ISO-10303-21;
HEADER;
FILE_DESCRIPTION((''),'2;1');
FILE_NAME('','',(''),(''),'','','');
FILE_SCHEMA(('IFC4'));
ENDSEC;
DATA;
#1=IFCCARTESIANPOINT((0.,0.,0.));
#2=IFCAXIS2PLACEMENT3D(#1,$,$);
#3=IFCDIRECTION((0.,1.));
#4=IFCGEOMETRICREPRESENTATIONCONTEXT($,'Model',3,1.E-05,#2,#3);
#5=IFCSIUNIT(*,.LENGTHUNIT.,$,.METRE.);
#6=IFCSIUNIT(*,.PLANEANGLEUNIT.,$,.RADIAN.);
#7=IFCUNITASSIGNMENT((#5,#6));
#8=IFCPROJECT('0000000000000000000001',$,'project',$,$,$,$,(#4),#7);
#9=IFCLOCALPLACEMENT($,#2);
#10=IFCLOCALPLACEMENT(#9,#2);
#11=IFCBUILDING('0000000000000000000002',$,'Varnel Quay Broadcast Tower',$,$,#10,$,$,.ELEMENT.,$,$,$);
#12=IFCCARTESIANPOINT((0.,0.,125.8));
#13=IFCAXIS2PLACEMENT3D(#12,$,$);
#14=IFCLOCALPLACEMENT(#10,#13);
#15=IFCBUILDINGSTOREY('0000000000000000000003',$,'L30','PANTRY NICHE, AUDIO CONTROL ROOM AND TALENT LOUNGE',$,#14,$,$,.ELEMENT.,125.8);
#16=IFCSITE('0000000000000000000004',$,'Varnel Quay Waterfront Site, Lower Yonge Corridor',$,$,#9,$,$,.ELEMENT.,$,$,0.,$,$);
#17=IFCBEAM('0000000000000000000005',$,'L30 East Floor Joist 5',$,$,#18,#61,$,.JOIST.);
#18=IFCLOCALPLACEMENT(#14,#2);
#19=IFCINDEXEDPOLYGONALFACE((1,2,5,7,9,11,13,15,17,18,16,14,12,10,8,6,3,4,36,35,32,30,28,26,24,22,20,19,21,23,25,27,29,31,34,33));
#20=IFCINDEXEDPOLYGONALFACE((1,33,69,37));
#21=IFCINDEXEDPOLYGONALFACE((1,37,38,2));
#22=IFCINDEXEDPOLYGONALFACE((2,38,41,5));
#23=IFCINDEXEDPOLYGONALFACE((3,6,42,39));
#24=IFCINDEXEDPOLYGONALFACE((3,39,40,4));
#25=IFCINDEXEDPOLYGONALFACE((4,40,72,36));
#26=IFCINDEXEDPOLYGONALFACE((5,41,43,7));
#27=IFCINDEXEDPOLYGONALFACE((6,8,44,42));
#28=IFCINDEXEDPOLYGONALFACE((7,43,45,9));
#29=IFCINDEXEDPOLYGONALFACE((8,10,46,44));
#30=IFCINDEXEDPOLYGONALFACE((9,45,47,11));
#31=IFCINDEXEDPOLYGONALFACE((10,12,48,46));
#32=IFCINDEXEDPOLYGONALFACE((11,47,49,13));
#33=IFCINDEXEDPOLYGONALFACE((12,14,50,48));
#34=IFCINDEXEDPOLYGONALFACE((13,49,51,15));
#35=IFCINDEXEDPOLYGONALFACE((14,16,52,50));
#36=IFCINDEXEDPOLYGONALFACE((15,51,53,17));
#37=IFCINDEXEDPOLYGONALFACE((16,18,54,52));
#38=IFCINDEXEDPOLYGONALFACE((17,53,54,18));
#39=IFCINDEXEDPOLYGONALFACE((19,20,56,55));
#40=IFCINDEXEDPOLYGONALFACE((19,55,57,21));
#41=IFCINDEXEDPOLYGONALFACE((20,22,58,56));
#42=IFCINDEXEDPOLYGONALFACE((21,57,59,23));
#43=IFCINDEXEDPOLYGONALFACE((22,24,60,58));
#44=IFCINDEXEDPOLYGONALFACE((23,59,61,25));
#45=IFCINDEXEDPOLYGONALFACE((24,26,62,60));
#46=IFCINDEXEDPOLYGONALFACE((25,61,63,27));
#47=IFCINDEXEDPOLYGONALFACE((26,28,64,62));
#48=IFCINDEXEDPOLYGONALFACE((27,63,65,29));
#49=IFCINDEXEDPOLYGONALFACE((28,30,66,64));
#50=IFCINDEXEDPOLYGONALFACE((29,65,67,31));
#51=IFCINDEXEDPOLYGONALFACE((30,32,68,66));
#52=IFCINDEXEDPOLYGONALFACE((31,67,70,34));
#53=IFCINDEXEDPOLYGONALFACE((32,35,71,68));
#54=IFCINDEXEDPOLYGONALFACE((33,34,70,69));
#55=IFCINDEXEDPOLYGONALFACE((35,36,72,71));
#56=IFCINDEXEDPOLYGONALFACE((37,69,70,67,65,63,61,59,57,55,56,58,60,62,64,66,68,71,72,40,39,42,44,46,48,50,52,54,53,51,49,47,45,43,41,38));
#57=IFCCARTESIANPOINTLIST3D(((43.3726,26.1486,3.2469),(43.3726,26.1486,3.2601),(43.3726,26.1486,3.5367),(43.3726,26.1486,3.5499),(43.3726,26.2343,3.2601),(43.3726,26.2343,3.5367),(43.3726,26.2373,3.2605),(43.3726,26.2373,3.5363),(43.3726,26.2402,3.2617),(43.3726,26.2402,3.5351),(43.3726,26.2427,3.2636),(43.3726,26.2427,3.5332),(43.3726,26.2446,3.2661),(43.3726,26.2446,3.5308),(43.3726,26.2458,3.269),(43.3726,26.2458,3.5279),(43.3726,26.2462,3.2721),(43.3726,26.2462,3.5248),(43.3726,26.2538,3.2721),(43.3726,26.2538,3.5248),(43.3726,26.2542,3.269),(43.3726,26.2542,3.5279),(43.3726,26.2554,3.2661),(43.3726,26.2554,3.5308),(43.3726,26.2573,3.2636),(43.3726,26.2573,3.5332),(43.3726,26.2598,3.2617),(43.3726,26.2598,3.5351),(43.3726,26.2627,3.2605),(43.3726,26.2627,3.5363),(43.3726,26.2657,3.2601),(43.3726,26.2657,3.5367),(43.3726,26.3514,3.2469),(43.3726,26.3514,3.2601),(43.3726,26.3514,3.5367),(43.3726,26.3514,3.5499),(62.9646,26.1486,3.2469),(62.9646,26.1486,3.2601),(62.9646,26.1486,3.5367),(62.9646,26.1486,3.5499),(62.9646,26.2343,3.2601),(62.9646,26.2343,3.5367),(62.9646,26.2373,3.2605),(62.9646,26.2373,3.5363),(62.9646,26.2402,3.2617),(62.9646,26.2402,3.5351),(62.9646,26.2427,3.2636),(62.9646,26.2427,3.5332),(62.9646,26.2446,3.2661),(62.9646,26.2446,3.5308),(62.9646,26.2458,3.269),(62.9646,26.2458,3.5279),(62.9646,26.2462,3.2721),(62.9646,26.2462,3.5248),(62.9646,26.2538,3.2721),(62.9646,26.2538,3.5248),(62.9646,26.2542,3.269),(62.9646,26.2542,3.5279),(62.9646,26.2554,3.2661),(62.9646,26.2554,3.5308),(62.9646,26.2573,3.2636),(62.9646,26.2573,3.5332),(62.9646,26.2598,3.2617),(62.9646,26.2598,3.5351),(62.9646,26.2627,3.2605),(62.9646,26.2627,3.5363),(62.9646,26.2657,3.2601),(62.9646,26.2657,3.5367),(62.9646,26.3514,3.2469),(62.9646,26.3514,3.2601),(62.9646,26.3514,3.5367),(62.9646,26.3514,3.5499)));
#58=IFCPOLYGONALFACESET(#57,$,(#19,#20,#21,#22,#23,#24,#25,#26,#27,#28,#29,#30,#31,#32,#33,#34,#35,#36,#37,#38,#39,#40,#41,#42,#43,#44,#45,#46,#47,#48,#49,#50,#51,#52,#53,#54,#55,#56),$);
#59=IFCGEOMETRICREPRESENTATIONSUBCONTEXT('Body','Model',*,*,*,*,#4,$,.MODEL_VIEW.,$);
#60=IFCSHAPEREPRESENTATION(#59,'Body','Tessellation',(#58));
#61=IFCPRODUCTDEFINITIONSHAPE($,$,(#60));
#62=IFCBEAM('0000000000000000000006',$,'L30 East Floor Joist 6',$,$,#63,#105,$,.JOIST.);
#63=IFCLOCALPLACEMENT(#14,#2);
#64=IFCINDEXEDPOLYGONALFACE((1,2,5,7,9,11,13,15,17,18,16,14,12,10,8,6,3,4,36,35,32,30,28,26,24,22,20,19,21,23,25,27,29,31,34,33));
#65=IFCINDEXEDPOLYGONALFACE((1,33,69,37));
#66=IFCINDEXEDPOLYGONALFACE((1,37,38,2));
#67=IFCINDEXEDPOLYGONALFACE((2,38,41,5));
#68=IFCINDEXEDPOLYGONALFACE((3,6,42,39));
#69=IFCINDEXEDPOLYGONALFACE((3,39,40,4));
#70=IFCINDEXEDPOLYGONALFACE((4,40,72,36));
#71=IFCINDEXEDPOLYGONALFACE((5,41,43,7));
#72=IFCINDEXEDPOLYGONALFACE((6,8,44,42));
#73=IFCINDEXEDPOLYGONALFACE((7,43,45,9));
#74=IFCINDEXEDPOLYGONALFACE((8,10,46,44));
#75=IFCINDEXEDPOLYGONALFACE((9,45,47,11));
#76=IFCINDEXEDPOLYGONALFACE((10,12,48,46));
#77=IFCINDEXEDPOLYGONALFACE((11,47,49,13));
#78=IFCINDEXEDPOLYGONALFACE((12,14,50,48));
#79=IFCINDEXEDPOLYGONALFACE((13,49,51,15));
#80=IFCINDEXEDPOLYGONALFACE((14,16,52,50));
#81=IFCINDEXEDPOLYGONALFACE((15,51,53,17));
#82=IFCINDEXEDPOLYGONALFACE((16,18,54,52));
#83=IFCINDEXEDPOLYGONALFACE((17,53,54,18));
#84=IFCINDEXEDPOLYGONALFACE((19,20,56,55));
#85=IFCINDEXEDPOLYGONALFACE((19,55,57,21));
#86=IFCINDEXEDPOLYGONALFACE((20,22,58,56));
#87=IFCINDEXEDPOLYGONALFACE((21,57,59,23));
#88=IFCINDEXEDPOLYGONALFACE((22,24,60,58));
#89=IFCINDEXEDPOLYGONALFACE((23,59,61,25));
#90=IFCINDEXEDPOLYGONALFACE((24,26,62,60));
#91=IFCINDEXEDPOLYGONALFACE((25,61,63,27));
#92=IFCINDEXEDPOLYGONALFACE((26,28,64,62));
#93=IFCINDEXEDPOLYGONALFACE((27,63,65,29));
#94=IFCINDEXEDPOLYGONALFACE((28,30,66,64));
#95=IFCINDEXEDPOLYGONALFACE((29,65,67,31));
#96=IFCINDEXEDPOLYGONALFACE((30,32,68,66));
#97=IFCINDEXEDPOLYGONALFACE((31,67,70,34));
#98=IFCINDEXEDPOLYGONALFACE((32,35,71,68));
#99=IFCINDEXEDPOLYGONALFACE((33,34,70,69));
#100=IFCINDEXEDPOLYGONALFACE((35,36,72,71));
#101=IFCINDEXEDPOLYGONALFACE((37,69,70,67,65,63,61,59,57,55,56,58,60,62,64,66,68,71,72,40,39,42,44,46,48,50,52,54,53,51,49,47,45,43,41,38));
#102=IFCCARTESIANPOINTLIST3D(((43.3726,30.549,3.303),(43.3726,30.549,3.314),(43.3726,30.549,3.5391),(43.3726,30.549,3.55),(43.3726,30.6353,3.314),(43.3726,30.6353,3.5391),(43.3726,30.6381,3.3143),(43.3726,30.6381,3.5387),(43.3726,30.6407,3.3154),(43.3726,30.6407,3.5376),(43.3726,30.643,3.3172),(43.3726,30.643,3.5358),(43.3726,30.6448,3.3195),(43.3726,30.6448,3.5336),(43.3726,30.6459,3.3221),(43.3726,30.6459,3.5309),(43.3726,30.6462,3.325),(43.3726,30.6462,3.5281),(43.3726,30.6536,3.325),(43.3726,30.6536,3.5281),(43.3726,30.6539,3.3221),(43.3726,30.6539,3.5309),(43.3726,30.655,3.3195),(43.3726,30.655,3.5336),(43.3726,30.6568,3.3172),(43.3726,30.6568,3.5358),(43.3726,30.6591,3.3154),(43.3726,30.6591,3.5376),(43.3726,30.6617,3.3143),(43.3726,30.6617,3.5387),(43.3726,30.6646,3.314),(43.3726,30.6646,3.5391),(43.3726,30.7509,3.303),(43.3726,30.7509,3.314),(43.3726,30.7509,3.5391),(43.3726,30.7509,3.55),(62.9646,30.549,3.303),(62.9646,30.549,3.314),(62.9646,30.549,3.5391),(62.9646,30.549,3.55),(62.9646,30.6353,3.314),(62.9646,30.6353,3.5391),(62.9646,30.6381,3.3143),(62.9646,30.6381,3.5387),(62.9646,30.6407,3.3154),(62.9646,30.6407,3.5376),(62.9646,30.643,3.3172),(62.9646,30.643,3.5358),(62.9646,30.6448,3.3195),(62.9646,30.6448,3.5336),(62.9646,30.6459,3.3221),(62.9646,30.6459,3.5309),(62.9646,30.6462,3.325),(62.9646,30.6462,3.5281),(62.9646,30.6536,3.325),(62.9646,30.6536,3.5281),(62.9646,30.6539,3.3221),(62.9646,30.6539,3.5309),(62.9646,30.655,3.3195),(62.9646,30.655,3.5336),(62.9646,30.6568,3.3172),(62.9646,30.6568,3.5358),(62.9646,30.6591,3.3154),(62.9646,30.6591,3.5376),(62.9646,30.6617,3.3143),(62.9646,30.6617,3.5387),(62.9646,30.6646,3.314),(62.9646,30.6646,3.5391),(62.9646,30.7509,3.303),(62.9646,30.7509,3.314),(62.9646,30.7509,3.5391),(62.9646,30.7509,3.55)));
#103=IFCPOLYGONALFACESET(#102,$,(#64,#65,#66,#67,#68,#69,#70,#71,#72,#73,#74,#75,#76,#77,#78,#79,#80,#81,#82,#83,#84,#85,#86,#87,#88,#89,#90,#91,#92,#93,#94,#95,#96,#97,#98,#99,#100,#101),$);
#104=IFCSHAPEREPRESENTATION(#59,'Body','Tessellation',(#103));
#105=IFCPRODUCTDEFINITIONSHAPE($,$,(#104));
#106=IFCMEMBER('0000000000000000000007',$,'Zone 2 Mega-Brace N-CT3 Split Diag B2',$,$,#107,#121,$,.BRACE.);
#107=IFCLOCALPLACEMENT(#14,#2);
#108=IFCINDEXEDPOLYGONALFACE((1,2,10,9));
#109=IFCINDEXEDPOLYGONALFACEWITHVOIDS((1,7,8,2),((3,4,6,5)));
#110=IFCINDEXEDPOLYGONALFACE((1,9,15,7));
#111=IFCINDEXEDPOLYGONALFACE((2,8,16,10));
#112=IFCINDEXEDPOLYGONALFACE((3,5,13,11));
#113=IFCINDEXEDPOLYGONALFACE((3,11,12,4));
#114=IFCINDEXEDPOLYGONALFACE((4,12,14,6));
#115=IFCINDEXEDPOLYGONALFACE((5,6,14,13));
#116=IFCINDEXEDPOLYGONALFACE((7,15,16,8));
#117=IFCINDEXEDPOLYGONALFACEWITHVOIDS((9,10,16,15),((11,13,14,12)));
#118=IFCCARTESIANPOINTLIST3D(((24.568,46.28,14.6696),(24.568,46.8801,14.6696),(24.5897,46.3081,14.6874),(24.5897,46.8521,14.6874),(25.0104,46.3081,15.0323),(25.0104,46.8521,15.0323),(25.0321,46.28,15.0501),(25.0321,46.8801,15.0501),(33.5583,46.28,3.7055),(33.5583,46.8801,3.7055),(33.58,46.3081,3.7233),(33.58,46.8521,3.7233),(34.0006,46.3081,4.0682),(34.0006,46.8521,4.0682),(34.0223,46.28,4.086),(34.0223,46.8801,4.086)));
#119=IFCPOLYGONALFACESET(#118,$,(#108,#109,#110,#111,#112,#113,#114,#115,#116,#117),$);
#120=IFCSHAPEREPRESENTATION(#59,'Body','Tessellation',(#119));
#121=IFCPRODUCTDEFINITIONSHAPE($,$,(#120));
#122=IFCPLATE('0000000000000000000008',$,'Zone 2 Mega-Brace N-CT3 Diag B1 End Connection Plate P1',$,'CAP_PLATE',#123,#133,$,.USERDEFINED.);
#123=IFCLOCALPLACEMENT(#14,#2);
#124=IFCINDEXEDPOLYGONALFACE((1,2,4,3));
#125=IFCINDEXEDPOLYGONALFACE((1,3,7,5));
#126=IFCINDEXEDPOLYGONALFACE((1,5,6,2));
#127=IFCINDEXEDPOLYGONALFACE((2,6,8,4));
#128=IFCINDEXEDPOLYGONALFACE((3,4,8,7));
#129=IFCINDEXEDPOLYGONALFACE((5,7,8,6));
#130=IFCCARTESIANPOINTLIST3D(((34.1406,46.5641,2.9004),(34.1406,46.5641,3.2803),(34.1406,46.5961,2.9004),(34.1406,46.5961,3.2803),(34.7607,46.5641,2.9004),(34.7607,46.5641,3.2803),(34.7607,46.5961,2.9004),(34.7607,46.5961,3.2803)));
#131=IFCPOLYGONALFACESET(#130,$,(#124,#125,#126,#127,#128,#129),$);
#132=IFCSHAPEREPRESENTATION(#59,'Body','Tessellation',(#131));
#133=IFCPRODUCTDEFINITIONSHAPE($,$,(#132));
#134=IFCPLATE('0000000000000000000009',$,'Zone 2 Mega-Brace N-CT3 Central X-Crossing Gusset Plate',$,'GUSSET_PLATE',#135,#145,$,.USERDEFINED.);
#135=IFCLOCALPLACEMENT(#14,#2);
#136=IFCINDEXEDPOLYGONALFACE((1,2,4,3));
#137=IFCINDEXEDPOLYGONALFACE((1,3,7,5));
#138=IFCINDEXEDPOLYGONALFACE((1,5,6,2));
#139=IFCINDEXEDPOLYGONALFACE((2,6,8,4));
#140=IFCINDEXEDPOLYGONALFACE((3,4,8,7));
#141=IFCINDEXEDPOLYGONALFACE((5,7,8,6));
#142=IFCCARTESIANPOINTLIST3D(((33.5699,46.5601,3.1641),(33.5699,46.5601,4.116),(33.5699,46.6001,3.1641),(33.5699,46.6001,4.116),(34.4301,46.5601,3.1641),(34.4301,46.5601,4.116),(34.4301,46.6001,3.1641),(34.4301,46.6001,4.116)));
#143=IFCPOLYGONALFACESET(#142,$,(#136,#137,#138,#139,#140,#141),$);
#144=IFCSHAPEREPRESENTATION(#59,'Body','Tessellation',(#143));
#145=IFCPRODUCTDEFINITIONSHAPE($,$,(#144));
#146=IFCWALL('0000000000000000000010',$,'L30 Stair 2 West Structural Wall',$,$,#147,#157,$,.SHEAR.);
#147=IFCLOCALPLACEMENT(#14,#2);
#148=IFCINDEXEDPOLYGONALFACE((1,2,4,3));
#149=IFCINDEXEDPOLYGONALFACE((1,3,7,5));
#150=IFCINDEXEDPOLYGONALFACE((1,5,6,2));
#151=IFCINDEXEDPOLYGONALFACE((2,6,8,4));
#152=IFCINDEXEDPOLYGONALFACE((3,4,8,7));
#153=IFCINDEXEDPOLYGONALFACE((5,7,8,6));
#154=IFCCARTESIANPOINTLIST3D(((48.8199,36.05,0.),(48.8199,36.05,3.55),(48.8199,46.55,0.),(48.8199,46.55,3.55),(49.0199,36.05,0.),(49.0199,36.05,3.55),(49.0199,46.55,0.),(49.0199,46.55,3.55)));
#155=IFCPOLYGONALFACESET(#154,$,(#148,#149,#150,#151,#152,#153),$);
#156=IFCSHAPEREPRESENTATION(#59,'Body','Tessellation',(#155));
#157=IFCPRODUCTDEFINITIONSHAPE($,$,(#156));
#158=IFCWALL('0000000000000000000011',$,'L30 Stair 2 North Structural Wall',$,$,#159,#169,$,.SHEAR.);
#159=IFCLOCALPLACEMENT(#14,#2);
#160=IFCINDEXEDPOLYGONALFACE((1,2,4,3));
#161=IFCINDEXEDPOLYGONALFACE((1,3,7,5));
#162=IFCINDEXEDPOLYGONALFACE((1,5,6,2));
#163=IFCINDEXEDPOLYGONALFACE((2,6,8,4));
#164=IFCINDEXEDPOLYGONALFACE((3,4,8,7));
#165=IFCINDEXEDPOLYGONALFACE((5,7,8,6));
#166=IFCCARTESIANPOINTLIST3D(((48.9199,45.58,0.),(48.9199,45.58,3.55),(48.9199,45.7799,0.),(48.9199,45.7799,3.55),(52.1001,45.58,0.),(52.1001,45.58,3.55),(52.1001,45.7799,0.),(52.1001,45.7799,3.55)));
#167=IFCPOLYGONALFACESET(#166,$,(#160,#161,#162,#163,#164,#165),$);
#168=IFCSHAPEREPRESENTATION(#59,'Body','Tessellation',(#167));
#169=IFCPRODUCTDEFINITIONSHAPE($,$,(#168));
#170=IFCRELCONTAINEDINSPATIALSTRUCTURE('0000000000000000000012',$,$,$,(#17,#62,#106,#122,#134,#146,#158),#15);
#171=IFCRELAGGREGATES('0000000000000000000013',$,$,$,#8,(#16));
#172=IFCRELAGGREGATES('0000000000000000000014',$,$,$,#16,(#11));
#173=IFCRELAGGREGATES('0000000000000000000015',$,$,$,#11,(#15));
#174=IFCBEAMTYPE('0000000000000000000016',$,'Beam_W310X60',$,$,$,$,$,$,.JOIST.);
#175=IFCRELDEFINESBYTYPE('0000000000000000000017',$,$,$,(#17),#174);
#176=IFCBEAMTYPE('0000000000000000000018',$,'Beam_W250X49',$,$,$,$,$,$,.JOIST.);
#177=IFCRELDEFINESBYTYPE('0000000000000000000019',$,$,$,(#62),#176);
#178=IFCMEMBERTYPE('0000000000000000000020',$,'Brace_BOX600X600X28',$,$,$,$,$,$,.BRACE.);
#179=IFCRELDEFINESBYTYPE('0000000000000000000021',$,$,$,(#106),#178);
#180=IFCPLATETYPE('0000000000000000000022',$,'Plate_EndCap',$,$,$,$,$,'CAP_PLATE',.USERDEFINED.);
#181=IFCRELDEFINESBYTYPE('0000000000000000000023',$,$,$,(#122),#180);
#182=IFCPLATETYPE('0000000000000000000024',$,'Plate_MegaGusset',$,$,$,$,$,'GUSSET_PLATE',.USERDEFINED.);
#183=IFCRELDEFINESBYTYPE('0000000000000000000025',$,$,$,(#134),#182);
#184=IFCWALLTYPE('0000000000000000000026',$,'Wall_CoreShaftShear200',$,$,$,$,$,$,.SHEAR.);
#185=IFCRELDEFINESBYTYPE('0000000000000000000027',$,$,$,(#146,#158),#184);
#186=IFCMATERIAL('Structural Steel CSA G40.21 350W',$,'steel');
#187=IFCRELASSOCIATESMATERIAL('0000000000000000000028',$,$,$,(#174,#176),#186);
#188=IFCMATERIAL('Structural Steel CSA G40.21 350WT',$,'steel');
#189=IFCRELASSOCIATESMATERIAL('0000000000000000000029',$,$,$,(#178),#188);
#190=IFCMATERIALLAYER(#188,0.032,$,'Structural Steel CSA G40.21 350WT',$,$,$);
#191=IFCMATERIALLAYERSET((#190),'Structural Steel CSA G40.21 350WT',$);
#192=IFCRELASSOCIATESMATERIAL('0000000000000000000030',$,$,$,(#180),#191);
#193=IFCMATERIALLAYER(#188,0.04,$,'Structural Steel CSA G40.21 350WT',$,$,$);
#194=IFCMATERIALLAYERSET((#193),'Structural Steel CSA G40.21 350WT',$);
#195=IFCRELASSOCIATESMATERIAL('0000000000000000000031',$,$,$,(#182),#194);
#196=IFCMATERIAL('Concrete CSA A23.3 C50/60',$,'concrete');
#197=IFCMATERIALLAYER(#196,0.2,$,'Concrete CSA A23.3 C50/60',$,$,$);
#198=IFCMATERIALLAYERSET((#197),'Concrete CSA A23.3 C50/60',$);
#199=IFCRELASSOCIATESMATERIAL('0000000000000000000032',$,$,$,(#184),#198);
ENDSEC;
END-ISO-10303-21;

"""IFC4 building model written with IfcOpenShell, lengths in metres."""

from ifc_helpers import new_model, si_unit, direction, frame, frame_2d, origin, origin_2d, place, context, subcontext, project, spatial, rectangle, hollow_rectangle, i_section, extrude, source, transform, mapped, material, layer, layer_set, material_profile, profile_set, type_object, type_shapes, element, save


model = new_model("IFC4")

# Units and contexts
model_context = context("Model", 3, precision=1e-05, world=origin(), true_north=direction((0.0, 1.0)))
body_context = subcontext(model_context, "Body", "Model", "MODEL_VIEW")
ifc_project = project(units=[si_unit("LENGTHUNIT", "METRE"), si_unit("PLANEANGLEUNIT", "RADIAN")], contexts=[model_context])

# Site, building, storey
site_placement = place(None, origin())
site = spatial("IfcSite", under=ifc_project, at=site_placement, Name="Varnel Quay Waterfront Site, Lower Yonge Corridor", CompositionType="ELEMENT", RefElevation=0.0)
building_placement = place(site_placement, origin())
building = spatial("IfcBuilding", under=site, at=building_placement, Name="Varnel Quay Broadcast Tower", CompositionType="ELEMENT")
storey_placement = place(building_placement, frame((0.0, 0.0, 125.8)))
storey = spatial("IfcBuildingStorey", under=building, at=storey_placement, Name="L30", Description="PANTRY NICHE, AUDIO CONTROL ROOM AND TALENT LOUNGE", CompositionType="ELEMENT", Elevation=125.8)

# Shared definitions
ifc_material_1 = material(Name="Structural Steel CSA G40.21 350WT", Category="steel")

# Beams
ifc_material_2 = material(Name="Structural Steel CSA G40.21 350W", Category="steel")
ifc_material_profile_1 = material_profile(ifc_material_2, i_section(OverallWidth=0.2029, OverallDepth=0.303, WebThickness=0.0076, FlangeThickness=0.0132, FilletRadius=0.012, at=origin_2d()), Name="W310X60")
ifc_profile_set_1 = profile_set([ifc_material_profile_1], Name="Structural Steel CSA G40.21 350W")
beam_type_1 = type_object("IfcBeamType", Name="Beam_W310X60", PredefinedType="JOIST", material=ifc_profile_set_1)
shared_shape_1 = source(origin(), body_context, "Body", "SweptSolid", [
    extrude(i_section(OverallWidth=0.2029, OverallDepth=0.303, WebThickness=0.0076, FlangeThickness=0.0132, FilletRadius=0.012, at=origin_2d()), origin(), (0.0, 0.0, 1.0), 19.592),
])
type_shapes(beam_type_1, [shared_shape_1])
beam_1_placement = place(storey_placement, frame((43.3726, 26.25, 3.3984), z_axis=(1.0, 0.0, 0.0), x_axis=(0.0, 1.0, 0.0)))
element("IfcBeam", 1, at=beam_1_placement, inside=storey, type_object=beam_type_1, Name="L30 East Floor Joist 5", PredefinedType="JOIST", context=body_context, shape_type="MappedRepresentation", body=[
    mapped(shared_shape_1, transform((0.0, 0.0, 0.0), x_axis=(1.0, 0.0, 0.0), y_axis=(0.0, 1.0, 0.0), z_axis=(0.0, 0.0, 1.0), scale=1.0)),
])
ifc_material_profile_2 = material_profile(ifc_material_2, i_section(OverallWidth=0.2019, OverallDepth=0.2471, WebThickness=0.0073, FlangeThickness=0.011, FilletRadius=0.011, at=origin_2d()), Name="W250X49")
ifc_profile_set_2 = profile_set([ifc_material_profile_2], Name="Structural Steel CSA G40.21 350W")
beam_type_2 = type_object("IfcBeamType", Name="Beam_W250X49", PredefinedType="JOIST", material=ifc_profile_set_2)
shared_shape_2 = source(origin(), body_context, "Body", "SweptSolid", [
    extrude(i_section(OverallWidth=0.2019, OverallDepth=0.2471, WebThickness=0.0073, FlangeThickness=0.011, FilletRadius=0.011, at=origin_2d()), origin(), (0.0, 0.0, 1.0), 19.592),
])
type_shapes(beam_type_2, [shared_shape_2])
beam_2_placement = place(storey_placement, frame((43.3726, 30.6499, 3.4265), z_axis=(1.0, 0.0, 0.0), x_axis=(0.0, 1.0, 0.0)))
element("IfcBeam", 2, at=beam_2_placement, inside=storey, type_object=beam_type_2, Name="L30 East Floor Joist 6", PredefinedType="JOIST", context=body_context, shape_type="MappedRepresentation", body=[
    mapped(shared_shape_2, transform((0.0, 0.0, 0.0), x_axis=(1.0, 0.0, 0.0), y_axis=(0.0, 1.0, 0.0), z_axis=(0.0, 0.0, 1.0), scale=1.0)),
])

# Member
ifc_material_profile_3 = material_profile(ifc_material_1, hollow_rectangle(XDim=0.6001, YDim=0.6001, WallThickness=0.0281, at=origin_2d()), Name="BOX600X600X28")
ifc_profile_set_3 = profile_set([ifc_material_profile_3], Name="Structural Steel CSA G40.21 350WT")
member_type = type_object("IfcMemberType", Name="Brace_BOX600X600X28", PredefinedType="BRACE", material=ifc_profile_set_3)
shared_shape_3 = source(origin(), body_context, "Body", "SweptSolid", [
    extrude(hollow_rectangle(XDim=0.6001, YDim=0.6001, WallThickness=0.0281, at=origin_2d()), origin(), (0.0, 0.0, 1.0), 14.1787),
])
type_shapes(member_type, [shared_shape_3])
member_placement = place(storey_placement, frame((33.7903, 46.5801, 3.8958), z_axis=(-0.634065, 0.0, 0.773279), x_axis=(0.0, -1.0, 0.0)))
element("IfcMember", 3, at=member_placement, inside=storey, type_object=member_type, Name="Zone 2 Mega-Brace N-CT3 Split Diag B2", PredefinedType="BRACE", context=body_context, shape_type="MappedRepresentation", body=[
    mapped(shared_shape_3, transform((0.0, 0.0, 0.0), x_axis=(1.0, 0.0, 0.0), y_axis=(0.0, 1.0, 0.0), z_axis=(0.0, 0.0, 1.0), scale=1.0)),
])

# Plates
ifc_layer_1 = layer(ifc_material_1, 0.032, Name="Structural Steel CSA G40.21 350WT")
ifc_layer_set_1 = layer_set([ifc_layer_1], Name="Structural Steel CSA G40.21 350WT")
plate_type_1 = type_object("IfcPlateType", Name="Plate_EndCap", ElementType="CAP_PLATE", PredefinedType="USERDEFINED", material=ifc_layer_set_1)
shared_shape_4 = source(origin(), body_context, "Body", "SweptSolid", [
    extrude(rectangle(XDim=0.6201, YDim=0.032, at=origin_2d()), origin(), (0.0, 0.0, 1.0), 0.3799),
])
type_shapes(plate_type_1, [shared_shape_4])
plate_1_placement = place(storey_placement, frame((34.4507, 46.5801, 2.9004), z_axis=(0.0, 0.0, 1.0), x_axis=(1.0, 0.0, 0.0)))
element("IfcPlate", 4, at=plate_1_placement, inside=storey, type_object=plate_type_1, Name="Zone 2 Mega-Brace N-CT3 Diag B1 End Connection Plate P1", ObjectType="CAP_PLATE", PredefinedType="USERDEFINED", context=body_context, shape_type="MappedRepresentation", body=[
    mapped(shared_shape_4, transform((0.0, 0.0, 0.0), x_axis=(1.0, 0.0, 0.0), y_axis=(0.0, 1.0, 0.0), z_axis=(0.0, 0.0, 1.0), scale=1.0)),
])
ifc_layer_2 = layer(ifc_material_1, 0.04, Name="Structural Steel CSA G40.21 350WT")
ifc_layer_set_2 = layer_set([ifc_layer_2], Name="Structural Steel CSA G40.21 350WT")
plate_type_2 = type_object("IfcPlateType", Name="Plate_MegaGusset", ElementType="GUSSET_PLATE", PredefinedType="USERDEFINED", material=ifc_layer_set_2)
shared_shape_5 = source(origin(), body_context, "Body", "SweptSolid", [
    extrude(rectangle(XDim=0.8601, YDim=0.04, at=origin_2d()), origin(), (0.0, 0.0, 1.0), 0.9519),
])
type_shapes(plate_type_2, [shared_shape_5])
plate_2_placement = place(storey_placement, frame((34.0, 46.5801, 3.1641), z_axis=(0.0, 0.0, 1.0), x_axis=(1.0, 0.0, 0.0)))
element("IfcPlate", 5, at=plate_2_placement, inside=storey, type_object=plate_type_2, Name="Zone 2 Mega-Brace N-CT3 Central X-Crossing Gusset Plate", ObjectType="GUSSET_PLATE", PredefinedType="USERDEFINED", context=body_context, shape_type="MappedRepresentation", body=[
    mapped(shared_shape_5, transform((0.0, 0.0, 0.0), x_axis=(1.0, 0.0, 0.0), y_axis=(0.0, 1.0, 0.0), z_axis=(0.0, 0.0, 1.0), scale=1.0)),
])

# Walls
ifc_material_3 = material(Name="Concrete CSA A23.3 C50/60", Category="concrete")
ifc_layer_3 = layer(ifc_material_3, 0.2, Name="Concrete CSA A23.3 C50/60")
ifc_layer_set_3 = layer_set([ifc_layer_3], Name="Concrete CSA A23.3 C50/60")
wall_type_1 = type_object("IfcWallType", Name="Wall_CoreShaftShear200", PredefinedType="SHEAR", material=ifc_layer_set_3)
wall_1_placement = place(storey_placement, frame((48.9199, 36.05, 0.0), z_axis=(0.0, 0.0, 1.0), x_axis=(0.0, 1.0, 0.0)))
element("IfcWall", 6, at=wall_1_placement, inside=storey, type_object=wall_type_1, Name="L30 Stair 2 West Structural Wall", PredefinedType="SHEAR", context=body_context, shape_type="SweptSolid", body=[
    extrude(rectangle(XDim=10.5, YDim=0.2, at=frame_2d((5.25, 0.0))), origin(), (0.0, 0.0, 1.0), 3.55),
])
wall_2_placement = place(storey_placement, frame((48.9199, 45.6799, 0.0), z_axis=(0.0, 0.0, 1.0), x_axis=(1.0, 0.0, 0.0)))
element("IfcWall", 7, at=wall_2_placement, inside=storey, type_object=wall_type_1, Name="L30 Stair 2 North Structural Wall", PredefinedType="SHEAR", context=body_context, shape_type="SweptSolid", body=[
    extrude(rectangle(XDim=3.1802, YDim=0.2, at=frame_2d((1.5901, 0.0))), origin(), (0.0, 0.0, 1.0), 3.55),
])

save(model, "model.ifc")
